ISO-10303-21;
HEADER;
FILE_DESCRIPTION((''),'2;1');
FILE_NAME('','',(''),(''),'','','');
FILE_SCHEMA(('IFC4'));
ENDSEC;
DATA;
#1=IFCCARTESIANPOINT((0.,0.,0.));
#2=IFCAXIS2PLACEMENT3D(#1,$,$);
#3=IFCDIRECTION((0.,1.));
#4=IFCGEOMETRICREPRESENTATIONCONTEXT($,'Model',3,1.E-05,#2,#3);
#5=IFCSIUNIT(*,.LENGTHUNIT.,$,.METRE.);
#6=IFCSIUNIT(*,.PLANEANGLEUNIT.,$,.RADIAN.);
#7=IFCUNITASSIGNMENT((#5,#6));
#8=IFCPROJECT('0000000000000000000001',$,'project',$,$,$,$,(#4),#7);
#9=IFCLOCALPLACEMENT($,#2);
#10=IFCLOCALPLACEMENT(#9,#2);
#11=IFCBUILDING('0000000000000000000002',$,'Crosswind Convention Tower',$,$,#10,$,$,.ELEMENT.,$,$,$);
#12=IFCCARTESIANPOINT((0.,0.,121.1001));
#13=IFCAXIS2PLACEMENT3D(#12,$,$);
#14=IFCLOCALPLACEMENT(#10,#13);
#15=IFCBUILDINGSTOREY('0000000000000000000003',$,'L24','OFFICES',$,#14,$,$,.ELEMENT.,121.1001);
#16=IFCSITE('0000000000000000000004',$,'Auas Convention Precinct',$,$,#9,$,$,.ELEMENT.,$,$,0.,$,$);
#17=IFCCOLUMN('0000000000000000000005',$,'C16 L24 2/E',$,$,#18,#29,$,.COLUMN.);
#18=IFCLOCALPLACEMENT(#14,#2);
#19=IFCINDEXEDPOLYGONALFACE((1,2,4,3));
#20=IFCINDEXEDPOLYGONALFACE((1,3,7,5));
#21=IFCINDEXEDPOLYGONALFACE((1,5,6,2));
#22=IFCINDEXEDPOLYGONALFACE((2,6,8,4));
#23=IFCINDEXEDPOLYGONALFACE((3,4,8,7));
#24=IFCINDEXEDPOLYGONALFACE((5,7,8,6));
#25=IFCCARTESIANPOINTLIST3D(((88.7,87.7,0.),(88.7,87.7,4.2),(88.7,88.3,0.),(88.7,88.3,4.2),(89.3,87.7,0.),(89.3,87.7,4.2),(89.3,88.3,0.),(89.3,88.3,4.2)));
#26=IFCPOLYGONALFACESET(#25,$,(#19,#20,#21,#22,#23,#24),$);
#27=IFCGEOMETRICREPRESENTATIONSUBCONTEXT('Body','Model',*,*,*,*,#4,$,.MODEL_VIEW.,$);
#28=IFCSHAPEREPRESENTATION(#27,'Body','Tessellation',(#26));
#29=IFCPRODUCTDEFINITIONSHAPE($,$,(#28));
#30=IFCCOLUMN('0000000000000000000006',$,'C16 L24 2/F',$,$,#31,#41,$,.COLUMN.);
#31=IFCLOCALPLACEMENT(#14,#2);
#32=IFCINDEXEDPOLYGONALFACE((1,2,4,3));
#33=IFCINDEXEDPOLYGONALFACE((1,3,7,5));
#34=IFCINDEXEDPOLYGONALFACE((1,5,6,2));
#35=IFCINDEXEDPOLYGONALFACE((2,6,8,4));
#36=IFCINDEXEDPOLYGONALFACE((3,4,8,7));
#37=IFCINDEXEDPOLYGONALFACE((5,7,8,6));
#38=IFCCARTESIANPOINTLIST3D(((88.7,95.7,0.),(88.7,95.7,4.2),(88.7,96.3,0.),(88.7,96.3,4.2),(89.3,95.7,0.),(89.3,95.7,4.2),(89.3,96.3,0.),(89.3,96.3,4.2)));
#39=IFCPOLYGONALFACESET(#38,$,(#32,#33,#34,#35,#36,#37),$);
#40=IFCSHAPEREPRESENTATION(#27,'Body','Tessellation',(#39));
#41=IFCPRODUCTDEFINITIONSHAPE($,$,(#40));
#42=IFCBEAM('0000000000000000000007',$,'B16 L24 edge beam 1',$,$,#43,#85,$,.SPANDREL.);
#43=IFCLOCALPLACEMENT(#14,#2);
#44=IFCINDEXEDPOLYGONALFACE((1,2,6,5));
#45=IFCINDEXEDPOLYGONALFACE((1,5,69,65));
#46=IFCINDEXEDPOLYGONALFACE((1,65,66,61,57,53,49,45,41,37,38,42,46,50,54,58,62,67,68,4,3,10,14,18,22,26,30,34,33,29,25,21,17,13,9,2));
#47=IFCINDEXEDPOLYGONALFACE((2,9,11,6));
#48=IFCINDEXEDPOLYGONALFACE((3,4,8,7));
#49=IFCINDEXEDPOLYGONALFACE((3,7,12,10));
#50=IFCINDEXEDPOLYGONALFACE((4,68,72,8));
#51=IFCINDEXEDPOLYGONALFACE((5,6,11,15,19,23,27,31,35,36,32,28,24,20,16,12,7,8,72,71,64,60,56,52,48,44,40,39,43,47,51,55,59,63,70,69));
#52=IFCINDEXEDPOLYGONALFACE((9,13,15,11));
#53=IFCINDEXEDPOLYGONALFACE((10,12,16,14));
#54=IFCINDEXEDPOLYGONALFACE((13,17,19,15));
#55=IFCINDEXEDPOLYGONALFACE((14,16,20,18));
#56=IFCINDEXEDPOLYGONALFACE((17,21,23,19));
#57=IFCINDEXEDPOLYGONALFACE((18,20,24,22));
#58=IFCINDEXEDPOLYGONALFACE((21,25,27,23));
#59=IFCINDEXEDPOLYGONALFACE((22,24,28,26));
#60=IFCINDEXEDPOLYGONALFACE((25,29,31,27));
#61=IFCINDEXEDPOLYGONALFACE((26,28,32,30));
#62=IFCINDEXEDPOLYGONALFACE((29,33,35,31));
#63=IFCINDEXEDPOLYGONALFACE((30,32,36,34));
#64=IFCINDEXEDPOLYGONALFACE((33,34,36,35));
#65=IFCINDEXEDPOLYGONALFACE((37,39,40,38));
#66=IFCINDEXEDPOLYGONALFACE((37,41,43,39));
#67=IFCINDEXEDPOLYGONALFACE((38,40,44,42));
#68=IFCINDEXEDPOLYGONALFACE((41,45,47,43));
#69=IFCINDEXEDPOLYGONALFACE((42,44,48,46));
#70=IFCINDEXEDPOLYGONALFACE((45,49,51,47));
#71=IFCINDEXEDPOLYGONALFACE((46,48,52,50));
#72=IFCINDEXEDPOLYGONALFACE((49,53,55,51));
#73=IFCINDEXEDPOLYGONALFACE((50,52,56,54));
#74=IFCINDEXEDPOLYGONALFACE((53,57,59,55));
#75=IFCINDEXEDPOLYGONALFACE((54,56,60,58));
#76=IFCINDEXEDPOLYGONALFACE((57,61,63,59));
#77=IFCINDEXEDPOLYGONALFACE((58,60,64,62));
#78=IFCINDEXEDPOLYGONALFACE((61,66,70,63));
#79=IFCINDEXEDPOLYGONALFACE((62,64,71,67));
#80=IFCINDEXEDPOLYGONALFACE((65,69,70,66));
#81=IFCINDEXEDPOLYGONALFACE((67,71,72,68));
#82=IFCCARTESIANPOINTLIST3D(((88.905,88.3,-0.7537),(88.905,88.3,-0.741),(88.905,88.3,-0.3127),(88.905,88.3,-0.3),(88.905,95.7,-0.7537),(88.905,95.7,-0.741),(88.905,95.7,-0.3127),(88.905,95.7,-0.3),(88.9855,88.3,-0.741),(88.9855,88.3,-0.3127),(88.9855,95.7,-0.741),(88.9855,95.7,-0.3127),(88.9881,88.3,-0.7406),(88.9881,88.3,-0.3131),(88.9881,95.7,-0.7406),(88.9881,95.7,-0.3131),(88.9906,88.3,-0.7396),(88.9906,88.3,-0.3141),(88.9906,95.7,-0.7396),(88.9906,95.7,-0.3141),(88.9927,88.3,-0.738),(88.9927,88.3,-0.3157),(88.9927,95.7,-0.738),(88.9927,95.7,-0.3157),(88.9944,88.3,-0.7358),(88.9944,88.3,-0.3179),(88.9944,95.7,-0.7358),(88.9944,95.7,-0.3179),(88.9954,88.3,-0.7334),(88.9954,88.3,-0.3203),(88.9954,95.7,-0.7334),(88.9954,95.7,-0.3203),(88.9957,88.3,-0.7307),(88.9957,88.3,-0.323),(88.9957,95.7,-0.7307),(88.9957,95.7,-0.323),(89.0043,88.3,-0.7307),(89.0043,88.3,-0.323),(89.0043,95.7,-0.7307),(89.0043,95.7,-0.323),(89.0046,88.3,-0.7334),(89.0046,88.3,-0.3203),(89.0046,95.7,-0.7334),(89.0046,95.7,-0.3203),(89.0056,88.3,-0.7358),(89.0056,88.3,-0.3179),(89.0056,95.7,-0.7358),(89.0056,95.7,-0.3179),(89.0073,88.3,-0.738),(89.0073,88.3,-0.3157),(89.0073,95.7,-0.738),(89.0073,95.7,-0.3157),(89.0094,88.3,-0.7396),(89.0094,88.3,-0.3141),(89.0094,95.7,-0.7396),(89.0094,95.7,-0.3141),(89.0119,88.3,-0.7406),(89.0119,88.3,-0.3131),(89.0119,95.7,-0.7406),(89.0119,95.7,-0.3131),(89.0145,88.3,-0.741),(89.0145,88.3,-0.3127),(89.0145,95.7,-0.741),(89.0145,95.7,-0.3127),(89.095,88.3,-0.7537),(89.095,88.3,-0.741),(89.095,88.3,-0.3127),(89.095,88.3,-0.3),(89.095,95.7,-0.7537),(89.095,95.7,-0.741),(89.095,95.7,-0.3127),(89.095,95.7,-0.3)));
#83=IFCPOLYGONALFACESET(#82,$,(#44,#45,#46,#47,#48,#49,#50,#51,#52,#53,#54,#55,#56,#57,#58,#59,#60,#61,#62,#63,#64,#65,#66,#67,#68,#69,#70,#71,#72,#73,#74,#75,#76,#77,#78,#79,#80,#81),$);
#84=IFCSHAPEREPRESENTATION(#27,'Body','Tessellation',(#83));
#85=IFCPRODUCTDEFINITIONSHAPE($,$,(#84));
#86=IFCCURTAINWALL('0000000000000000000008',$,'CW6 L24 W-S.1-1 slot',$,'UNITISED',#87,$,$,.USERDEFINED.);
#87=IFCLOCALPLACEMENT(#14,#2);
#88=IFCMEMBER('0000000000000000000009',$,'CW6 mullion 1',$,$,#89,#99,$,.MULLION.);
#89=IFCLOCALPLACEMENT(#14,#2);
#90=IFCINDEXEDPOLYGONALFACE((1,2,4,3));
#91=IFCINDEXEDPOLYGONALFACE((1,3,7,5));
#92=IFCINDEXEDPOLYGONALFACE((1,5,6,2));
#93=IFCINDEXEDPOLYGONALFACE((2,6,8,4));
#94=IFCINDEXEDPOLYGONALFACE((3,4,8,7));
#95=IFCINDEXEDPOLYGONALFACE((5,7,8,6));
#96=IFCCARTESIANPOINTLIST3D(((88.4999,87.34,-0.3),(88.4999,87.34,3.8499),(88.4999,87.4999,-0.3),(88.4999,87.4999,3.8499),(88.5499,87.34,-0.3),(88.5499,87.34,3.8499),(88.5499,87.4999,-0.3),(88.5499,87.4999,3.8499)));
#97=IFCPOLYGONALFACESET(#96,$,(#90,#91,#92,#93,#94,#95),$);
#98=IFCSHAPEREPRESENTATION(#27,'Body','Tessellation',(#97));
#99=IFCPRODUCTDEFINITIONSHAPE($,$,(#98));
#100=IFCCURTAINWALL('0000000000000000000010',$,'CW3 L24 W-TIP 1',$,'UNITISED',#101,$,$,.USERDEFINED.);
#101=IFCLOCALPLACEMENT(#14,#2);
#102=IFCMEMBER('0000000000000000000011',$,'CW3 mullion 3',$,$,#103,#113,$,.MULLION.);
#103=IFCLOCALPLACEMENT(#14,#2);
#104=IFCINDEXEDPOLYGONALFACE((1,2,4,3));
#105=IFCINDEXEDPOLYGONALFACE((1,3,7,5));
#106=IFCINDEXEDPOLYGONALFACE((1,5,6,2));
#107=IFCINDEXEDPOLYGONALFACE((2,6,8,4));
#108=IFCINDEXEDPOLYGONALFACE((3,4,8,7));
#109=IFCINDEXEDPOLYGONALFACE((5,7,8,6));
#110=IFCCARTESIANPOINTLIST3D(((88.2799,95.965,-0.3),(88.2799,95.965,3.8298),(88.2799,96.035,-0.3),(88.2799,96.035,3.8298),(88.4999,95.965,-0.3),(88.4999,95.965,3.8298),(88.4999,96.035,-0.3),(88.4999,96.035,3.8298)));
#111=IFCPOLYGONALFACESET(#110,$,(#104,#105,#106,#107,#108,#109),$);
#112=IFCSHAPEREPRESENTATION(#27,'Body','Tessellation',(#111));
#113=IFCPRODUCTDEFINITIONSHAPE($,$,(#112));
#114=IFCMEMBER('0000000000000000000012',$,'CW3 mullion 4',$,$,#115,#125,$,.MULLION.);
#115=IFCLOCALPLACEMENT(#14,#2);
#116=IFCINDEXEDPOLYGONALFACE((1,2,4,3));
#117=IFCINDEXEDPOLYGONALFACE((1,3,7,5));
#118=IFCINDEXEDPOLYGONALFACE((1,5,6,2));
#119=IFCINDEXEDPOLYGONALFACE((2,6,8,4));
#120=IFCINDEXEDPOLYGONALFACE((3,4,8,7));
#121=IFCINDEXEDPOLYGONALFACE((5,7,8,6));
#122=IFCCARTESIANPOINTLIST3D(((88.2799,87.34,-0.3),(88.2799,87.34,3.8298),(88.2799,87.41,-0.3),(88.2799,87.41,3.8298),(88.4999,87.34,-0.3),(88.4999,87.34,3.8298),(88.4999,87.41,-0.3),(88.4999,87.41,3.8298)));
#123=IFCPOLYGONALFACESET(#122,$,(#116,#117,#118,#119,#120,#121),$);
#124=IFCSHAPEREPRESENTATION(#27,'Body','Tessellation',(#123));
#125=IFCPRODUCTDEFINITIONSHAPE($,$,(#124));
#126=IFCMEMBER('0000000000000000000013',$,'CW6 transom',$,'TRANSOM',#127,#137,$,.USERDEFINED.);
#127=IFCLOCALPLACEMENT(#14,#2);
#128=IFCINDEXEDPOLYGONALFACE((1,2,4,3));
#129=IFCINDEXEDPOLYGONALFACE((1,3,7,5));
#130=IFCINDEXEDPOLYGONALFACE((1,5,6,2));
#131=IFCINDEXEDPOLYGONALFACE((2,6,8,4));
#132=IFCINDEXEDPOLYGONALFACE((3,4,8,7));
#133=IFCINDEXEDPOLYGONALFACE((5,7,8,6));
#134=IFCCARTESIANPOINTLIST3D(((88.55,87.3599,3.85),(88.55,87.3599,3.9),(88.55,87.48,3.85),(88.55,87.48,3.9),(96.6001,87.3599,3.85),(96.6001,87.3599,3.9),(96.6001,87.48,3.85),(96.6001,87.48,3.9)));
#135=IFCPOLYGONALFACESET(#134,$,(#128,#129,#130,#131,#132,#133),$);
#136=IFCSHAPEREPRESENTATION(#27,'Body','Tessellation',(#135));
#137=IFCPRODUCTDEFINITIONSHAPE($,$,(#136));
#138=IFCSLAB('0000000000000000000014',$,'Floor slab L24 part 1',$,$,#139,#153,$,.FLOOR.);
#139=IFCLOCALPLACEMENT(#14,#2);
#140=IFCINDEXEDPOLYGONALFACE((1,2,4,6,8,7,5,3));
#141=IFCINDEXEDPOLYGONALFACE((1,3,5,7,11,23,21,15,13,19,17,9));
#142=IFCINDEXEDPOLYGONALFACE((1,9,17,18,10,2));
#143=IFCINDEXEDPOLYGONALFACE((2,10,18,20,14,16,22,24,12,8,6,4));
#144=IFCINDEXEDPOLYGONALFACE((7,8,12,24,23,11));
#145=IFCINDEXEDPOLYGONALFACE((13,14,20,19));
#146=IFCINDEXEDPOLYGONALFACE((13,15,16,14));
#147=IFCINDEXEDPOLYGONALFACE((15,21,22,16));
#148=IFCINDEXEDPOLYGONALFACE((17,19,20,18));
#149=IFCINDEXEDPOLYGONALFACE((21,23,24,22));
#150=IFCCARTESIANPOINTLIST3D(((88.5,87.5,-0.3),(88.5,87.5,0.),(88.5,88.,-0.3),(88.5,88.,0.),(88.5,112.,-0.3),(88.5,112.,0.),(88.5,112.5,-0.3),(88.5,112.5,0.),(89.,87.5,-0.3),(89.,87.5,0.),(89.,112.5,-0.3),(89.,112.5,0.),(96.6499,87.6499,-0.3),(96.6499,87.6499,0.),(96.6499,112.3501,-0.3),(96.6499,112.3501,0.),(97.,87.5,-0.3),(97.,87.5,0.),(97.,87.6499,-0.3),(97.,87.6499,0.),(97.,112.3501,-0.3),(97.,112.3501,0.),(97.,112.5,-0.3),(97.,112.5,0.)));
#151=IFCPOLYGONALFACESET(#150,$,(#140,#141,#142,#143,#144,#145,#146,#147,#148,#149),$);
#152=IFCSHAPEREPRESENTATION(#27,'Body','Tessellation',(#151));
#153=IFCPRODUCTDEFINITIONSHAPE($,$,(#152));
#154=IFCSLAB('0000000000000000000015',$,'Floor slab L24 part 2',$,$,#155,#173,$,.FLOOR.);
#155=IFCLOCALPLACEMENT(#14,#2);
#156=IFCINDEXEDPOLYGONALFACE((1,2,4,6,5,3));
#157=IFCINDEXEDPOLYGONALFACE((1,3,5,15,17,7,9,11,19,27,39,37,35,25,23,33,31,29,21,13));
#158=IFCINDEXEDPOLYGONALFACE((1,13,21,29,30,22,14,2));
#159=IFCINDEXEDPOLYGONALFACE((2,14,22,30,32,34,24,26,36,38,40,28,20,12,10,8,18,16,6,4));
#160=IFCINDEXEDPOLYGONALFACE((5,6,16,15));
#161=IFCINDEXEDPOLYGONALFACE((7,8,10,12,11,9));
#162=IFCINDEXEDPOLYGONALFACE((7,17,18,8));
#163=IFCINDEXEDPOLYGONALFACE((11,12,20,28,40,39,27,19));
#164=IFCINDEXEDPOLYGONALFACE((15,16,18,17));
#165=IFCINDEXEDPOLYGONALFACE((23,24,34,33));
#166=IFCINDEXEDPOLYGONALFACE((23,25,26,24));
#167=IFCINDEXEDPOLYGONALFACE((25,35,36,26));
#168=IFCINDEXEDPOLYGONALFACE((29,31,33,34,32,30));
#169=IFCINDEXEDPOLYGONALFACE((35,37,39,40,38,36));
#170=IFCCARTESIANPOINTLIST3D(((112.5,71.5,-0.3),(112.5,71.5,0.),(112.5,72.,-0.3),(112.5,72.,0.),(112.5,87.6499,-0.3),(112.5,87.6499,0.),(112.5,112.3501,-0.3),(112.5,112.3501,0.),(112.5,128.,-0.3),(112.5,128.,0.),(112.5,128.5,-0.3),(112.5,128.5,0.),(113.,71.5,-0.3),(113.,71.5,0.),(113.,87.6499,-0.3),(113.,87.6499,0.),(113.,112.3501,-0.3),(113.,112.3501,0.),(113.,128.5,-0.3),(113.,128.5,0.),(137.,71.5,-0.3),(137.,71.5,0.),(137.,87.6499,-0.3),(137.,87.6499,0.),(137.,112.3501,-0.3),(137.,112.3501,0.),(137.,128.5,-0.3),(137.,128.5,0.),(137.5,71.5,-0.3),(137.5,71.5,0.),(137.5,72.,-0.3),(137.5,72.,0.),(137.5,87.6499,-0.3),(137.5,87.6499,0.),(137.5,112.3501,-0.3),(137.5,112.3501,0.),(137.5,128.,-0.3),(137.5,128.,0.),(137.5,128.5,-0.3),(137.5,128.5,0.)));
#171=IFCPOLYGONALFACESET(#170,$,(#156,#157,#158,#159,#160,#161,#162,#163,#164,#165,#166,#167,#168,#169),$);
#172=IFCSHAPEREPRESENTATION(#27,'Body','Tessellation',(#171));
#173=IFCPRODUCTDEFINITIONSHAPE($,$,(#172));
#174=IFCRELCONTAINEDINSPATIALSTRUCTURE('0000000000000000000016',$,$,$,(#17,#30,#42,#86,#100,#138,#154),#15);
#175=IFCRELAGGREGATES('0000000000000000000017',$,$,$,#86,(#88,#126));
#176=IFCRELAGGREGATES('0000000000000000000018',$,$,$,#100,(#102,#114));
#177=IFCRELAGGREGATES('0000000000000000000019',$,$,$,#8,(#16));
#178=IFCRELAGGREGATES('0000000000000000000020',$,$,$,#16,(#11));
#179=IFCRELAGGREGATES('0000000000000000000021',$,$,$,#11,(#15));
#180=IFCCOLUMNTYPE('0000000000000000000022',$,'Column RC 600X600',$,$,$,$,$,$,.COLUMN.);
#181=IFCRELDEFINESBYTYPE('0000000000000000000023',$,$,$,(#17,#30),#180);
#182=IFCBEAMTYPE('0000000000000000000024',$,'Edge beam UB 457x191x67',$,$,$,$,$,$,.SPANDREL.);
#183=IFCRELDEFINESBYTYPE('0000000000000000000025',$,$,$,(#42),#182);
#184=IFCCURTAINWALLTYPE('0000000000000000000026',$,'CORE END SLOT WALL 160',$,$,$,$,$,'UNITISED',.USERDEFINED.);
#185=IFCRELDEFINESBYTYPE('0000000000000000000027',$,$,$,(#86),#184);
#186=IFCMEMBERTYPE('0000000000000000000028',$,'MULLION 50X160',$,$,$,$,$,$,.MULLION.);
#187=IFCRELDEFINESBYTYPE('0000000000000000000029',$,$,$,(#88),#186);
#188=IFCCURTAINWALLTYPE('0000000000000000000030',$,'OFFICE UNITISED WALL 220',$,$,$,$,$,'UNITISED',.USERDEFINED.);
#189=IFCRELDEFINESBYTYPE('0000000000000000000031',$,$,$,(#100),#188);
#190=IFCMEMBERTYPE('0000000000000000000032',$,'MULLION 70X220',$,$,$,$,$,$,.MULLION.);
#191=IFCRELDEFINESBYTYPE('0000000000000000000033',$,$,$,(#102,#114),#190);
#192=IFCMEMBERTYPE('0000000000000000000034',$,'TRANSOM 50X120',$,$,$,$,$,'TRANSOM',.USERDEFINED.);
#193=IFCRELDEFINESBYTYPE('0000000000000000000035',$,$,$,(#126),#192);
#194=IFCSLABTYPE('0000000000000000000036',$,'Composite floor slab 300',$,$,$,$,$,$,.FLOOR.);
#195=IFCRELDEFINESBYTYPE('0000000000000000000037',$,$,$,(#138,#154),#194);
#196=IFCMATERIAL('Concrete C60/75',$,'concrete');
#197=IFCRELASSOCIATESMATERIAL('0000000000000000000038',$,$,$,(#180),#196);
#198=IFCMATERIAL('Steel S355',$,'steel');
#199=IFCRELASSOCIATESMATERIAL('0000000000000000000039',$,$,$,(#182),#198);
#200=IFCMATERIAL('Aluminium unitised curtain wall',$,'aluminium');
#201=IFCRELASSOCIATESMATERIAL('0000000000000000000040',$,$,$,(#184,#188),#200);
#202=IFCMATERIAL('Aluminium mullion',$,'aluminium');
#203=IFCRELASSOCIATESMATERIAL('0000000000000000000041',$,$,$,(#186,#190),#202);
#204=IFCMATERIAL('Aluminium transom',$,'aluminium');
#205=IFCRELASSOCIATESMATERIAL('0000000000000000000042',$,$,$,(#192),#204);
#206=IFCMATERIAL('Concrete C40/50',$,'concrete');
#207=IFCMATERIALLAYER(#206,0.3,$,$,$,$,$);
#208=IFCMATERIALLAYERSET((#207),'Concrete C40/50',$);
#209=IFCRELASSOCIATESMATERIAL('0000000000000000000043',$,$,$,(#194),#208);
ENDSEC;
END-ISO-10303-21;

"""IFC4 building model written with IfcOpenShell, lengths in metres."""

from ifc_helpers import new_model, si_unit, direction, frame, origin, origin_2d, place, context, subcontext, project, spatial, polyline, rectangle, i_section, outline, extrude, material, layer, layer_set, material_profile, profile_set, type_object, element, aggregate, save


model = new_model("IFC4")

# Units and contexts
model_context = context("Model", 3, precision=1e-05, world=origin(), true_north=direction((0.0, 1.0)))
body_context = subcontext(model_context, "Body", "Model", "MODEL_VIEW")
ifc_project = project(units=[si_unit("LENGTHUNIT", "METRE"), si_unit("PLANEANGLEUNIT", "RADIAN")], contexts=[model_context])

# Site, building, storey
site_placement = place(None, origin())
site = spatial("IfcSite", under=ifc_project, at=site_placement, Name="Auas Convention Precinct", CompositionType="ELEMENT", RefElevation=0.0)
building_placement = place(site_placement, origin())
building = spatial("IfcBuilding", under=site, at=building_placement, Name="Crosswind Convention Tower", CompositionType="ELEMENT")
storey_placement = place(building_placement, frame((0.0, 0.0, 121.1001)))
storey = spatial("IfcBuildingStorey", under=building, at=storey_placement, Name="L24", Description="OFFICES", CompositionType="ELEMENT", Elevation=121.1001)

# Columns
ifc_material_1 = material(Name="Concrete C60/75", Category="concrete")
ifc_material_profile_1 = material_profile(ifc_material_1, rectangle(XDim=0.6001, YDim=0.6001, at=origin_2d()), Name="RC 600X600")
ifc_profile_set_1 = profile_set([ifc_material_profile_1], Name="Concrete C60/75")
column_type = type_object("IfcColumnType", Name="Column RC 600X600", PredefinedType="COLUMN", material=ifc_profile_set_1)
for number, where, z_axis, x_axis, name in (
    (1, (89.0, 88.0, 0.0), (0.0, 0.0, 1.0), (1.0, 0.0, 0.0), "C16 L24 2/E"),
    (2, (89.0, 96.0, 0.0), (0.0, 0.0, 1.0), (1.0, 0.0, 0.0), "C16 L24 2/F"),
):
    element("IfcColumn", number, at=place(storey_placement, frame(where, z_axis=z_axis, x_axis=x_axis)), inside=storey, type_object=column_type, Name=name, PredefinedType="COLUMN", context=body_context, shape_type="SweptSolid", body=[
        extrude(rectangle(XDim=0.6001, YDim=0.6001, at=origin_2d()), origin(), (0.0, 0.0, 1.0), 4.2),
    ])

# Beam
ifc_material_2 = material(Name="Steel S355", Category="steel")
ifc_material_profile_2 = material_profile(ifc_material_2, i_section(OverallWidth=0.1899, OverallDepth=0.4536, WebThickness=0.0085, FlangeThickness=0.0127, FilletRadius=0.0103, at=origin_2d()), Name="UB 457x191x67")
ifc_profile_set_2 = profile_set([ifc_material_profile_2], Name="Steel S355")
beam_type = type_object("IfcBeamType", Name="Edge beam UB 457x191x67", PredefinedType="SPANDREL", material=ifc_profile_set_2)
beam_placement = place(storey_placement, frame((89.0, 88.3, -0.5269), z_axis=(0.0, 1.0, 0.0), x_axis=(-1.0, 0.0, 0.0)))
element("IfcBeam", 3, at=beam_placement, inside=storey, type_object=beam_type, Name="B16 L24 edge beam 1", PredefinedType="SPANDREL", context=body_context, shape_type="SweptSolid", body=[
    extrude(i_section(OverallWidth=0.1899, OverallDepth=0.4536, WebThickness=0.0085, FlangeThickness=0.0127, FilletRadius=0.0103, at=origin_2d()), origin(), (0.0, 0.0, 1.0), 7.3999),
])

# Curtain wall, member
ifc_material_3 = material(Name="Aluminium unitised curtain wall", Category="aluminium")
curtain_wall_type_1 = type_object("IfcCurtainWallType", Name="CORE END SLOT WALL 160", ElementType="UNITISED", PredefinedType="USERDEFINED", material=ifc_material_3)
curtain_wall_1_placement = place(storey_placement, origin())
curtain_wall_1 = element("IfcCurtainWall", 4, at=curtain_wall_1_placement, inside=storey, type_object=curtain_wall_type_1, Name="CW6 L24 W-S.1-1 slot", ObjectType="UNITISED", PredefinedType="USERDEFINED")
ifc_material_4 = material(Name="Aluminium mullion", Category="aluminium")
ifc_material_profile_3 = material_profile(ifc_material_4, rectangle(XDim=0.1599, YDim=0.05, at=origin_2d()), Name="AL 160X50")
ifc_profile_set_3 = profile_set([ifc_material_profile_3], Name="Aluminium mullion")
member_type_1 = type_object("IfcMemberType", Name="MULLION 50X160", PredefinedType="MULLION", material=ifc_profile_set_3)
member_1_placement = place(storey_placement, frame((88.5249, 87.4199, -0.3), z_axis=(0.0, 0.0, 1.0), x_axis=(0.0, -1.0, 0.0)))
member_1 = element("IfcMember", 5, at=member_1_placement, type_object=member_type_1, Name="CW6 mullion 1", PredefinedType="MULLION", context=body_context, shape_type="SweptSolid", body=[
    extrude(rectangle(XDim=0.1599, YDim=0.05, at=origin_2d()), origin(), (0.0, 0.0, 1.0), 4.1499),
])

# Curtain wall, members
curtain_wall_type_2 = type_object("IfcCurtainWallType", Name="OFFICE UNITISED WALL 220", ElementType="UNITISED", PredefinedType="USERDEFINED", material=ifc_material_3)
curtain_wall_2_placement = place(storey_placement, origin())
curtain_wall_2 = element("IfcCurtainWall", 6, at=curtain_wall_2_placement, inside=storey, type_object=curtain_wall_type_2, Name="CW3 L24 W-TIP 1", ObjectType="UNITISED", PredefinedType="USERDEFINED")
ifc_material_profile_4 = material_profile(ifc_material_4, rectangle(XDim=0.22, YDim=0.0701, at=origin_2d()), Name="AL 220X70")
ifc_profile_set_4 = profile_set([ifc_material_profile_4], Name="Aluminium mullion")
member_type_2 = type_object("IfcMemberType", Name="MULLION 70X220", PredefinedType="MULLION", material=ifc_profile_set_4)
member_2_placement = place(storey_placement, frame((88.3899, 96.0, -0.3), z_axis=(0.0, 0.0, 1.0), x_axis=(-1.0, 0.0, 0.0)))
member_2 = element("IfcMember", 7, at=member_2_placement, type_object=member_type_2, Name="CW3 mullion 3", PredefinedType="MULLION", context=body_context, shape_type="SweptSolid", body=[
    extrude(rectangle(XDim=0.22, YDim=0.0701, at=origin_2d()), origin(), (0.0, 0.0, 1.0), 4.1299),
])
member_3_placement = place(storey_placement, frame((88.3899, 87.375, -0.3), z_axis=(0.0, 0.0, 1.0), x_axis=(-1.0, 0.0, 0.0)))
member_3 = element("IfcMember", 8, at=member_3_placement, type_object=member_type_2, Name="CW3 mullion 4", PredefinedType="MULLION", context=body_context, shape_type="SweptSolid", body=[
    extrude(rectangle(XDim=0.22, YDim=0.0701, at=origin_2d()), origin(), (0.0, 0.0, 1.0), 4.1299),
])

# Member
ifc_material_5 = material(Name="Aluminium transom", Category="aluminium")
ifc_material_profile_5 = material_profile(ifc_material_5, rectangle(XDim=0.1201, YDim=0.05, at=origin_2d()), Name="AL 120X50")
ifc_profile_set_5 = profile_set([ifc_material_profile_5], Name="Aluminium transom")
member_type_3 = type_object("IfcMemberType", Name="TRANSOM 50X120", ElementType="TRANSOM", PredefinedType="USERDEFINED", material=ifc_profile_set_5)
member_4_placement = place(storey_placement, frame((88.55, 87.4199, 3.875), z_axis=(1.0, 0.0, 0.0), x_axis=(0.0, 1.0, 0.0)))
member_4 = element("IfcMember", 9, at=member_4_placement, type_object=member_type_3, Name="CW6 transom", ObjectType="TRANSOM", PredefinedType="USERDEFINED", context=body_context, shape_type="SweptSolid", body=[
    extrude(rectangle(XDim=0.1201, YDim=0.05, at=origin_2d()), origin(), (0.0, 0.0, 1.0), 8.05),
])

# Slabs
ifc_material_6 = material(Name="Concrete C40/50", Category="concrete")
ifc_layer_1 = layer(ifc_material_6, 0.3)
ifc_layer_set_1 = layer_set([ifc_layer_1], Name="Concrete C40/50")
slab_type_1 = type_object("IfcSlabType", Name="Composite floor slab 300", PredefinedType="FLOOR", material=ifc_layer_set_1)
slab_1_placement = place(storey_placement, frame((0.0, 0.0, -0.3)))
element("IfcSlab", 10, at=slab_1_placement, inside=storey, type_object=slab_type_1, Name="Floor slab L24 part 1", PredefinedType="FLOOR", context=body_context, shape_type="SweptSolid", body=[
    extrude(outline(polyline([(97.0, 87.5), (89.0, 87.5), (88.5, 87.5), (88.5, 88.0), (88.5, 112.0), (88.5, 112.5), (89.0, 112.5), (97.0, 112.5), (97.0, 112.3501), (96.6499, 112.3501), (96.6499, 87.6499), (97.0, 87.6499), (97.0, 87.5)])), origin(), (0.0, 0.0, 1.0), 0.3),
])
slab_2_placement = place(storey_placement, frame((0.0, 0.0, -0.3)))
element("IfcSlab", 11, at=slab_2_placement, inside=storey, type_object=slab_type_1, Name="Floor slab L24 part 2", PredefinedType="FLOOR", context=body_context, shape_type="SweptSolid", body=[
    extrude(outline(polyline([(112.5, 87.6499), (113.0, 87.6499), (113.0, 112.3501), (112.5, 112.3501), (112.5, 128.0), (112.5, 128.5), (113.0, 128.5), (137.0, 128.5), (137.5, 128.5), (137.5, 128.0), (137.5, 112.3501), (137.0, 112.3501), (137.0, 87.6499), (137.5, 87.6499), (137.5, 72.0), (137.5, 71.5), (137.0, 71.5), (113.0, 71.5), (112.5, 71.5), (112.5, 72.0), (112.5, 87.6499)])), origin(), (0.0, 0.0, 1.0), 0.3),
])

aggregate(curtain_wall_1, [member_1, member_4])
aggregate(curtain_wall_2, [member_2, member_3])

save(model, "model.ifc")
